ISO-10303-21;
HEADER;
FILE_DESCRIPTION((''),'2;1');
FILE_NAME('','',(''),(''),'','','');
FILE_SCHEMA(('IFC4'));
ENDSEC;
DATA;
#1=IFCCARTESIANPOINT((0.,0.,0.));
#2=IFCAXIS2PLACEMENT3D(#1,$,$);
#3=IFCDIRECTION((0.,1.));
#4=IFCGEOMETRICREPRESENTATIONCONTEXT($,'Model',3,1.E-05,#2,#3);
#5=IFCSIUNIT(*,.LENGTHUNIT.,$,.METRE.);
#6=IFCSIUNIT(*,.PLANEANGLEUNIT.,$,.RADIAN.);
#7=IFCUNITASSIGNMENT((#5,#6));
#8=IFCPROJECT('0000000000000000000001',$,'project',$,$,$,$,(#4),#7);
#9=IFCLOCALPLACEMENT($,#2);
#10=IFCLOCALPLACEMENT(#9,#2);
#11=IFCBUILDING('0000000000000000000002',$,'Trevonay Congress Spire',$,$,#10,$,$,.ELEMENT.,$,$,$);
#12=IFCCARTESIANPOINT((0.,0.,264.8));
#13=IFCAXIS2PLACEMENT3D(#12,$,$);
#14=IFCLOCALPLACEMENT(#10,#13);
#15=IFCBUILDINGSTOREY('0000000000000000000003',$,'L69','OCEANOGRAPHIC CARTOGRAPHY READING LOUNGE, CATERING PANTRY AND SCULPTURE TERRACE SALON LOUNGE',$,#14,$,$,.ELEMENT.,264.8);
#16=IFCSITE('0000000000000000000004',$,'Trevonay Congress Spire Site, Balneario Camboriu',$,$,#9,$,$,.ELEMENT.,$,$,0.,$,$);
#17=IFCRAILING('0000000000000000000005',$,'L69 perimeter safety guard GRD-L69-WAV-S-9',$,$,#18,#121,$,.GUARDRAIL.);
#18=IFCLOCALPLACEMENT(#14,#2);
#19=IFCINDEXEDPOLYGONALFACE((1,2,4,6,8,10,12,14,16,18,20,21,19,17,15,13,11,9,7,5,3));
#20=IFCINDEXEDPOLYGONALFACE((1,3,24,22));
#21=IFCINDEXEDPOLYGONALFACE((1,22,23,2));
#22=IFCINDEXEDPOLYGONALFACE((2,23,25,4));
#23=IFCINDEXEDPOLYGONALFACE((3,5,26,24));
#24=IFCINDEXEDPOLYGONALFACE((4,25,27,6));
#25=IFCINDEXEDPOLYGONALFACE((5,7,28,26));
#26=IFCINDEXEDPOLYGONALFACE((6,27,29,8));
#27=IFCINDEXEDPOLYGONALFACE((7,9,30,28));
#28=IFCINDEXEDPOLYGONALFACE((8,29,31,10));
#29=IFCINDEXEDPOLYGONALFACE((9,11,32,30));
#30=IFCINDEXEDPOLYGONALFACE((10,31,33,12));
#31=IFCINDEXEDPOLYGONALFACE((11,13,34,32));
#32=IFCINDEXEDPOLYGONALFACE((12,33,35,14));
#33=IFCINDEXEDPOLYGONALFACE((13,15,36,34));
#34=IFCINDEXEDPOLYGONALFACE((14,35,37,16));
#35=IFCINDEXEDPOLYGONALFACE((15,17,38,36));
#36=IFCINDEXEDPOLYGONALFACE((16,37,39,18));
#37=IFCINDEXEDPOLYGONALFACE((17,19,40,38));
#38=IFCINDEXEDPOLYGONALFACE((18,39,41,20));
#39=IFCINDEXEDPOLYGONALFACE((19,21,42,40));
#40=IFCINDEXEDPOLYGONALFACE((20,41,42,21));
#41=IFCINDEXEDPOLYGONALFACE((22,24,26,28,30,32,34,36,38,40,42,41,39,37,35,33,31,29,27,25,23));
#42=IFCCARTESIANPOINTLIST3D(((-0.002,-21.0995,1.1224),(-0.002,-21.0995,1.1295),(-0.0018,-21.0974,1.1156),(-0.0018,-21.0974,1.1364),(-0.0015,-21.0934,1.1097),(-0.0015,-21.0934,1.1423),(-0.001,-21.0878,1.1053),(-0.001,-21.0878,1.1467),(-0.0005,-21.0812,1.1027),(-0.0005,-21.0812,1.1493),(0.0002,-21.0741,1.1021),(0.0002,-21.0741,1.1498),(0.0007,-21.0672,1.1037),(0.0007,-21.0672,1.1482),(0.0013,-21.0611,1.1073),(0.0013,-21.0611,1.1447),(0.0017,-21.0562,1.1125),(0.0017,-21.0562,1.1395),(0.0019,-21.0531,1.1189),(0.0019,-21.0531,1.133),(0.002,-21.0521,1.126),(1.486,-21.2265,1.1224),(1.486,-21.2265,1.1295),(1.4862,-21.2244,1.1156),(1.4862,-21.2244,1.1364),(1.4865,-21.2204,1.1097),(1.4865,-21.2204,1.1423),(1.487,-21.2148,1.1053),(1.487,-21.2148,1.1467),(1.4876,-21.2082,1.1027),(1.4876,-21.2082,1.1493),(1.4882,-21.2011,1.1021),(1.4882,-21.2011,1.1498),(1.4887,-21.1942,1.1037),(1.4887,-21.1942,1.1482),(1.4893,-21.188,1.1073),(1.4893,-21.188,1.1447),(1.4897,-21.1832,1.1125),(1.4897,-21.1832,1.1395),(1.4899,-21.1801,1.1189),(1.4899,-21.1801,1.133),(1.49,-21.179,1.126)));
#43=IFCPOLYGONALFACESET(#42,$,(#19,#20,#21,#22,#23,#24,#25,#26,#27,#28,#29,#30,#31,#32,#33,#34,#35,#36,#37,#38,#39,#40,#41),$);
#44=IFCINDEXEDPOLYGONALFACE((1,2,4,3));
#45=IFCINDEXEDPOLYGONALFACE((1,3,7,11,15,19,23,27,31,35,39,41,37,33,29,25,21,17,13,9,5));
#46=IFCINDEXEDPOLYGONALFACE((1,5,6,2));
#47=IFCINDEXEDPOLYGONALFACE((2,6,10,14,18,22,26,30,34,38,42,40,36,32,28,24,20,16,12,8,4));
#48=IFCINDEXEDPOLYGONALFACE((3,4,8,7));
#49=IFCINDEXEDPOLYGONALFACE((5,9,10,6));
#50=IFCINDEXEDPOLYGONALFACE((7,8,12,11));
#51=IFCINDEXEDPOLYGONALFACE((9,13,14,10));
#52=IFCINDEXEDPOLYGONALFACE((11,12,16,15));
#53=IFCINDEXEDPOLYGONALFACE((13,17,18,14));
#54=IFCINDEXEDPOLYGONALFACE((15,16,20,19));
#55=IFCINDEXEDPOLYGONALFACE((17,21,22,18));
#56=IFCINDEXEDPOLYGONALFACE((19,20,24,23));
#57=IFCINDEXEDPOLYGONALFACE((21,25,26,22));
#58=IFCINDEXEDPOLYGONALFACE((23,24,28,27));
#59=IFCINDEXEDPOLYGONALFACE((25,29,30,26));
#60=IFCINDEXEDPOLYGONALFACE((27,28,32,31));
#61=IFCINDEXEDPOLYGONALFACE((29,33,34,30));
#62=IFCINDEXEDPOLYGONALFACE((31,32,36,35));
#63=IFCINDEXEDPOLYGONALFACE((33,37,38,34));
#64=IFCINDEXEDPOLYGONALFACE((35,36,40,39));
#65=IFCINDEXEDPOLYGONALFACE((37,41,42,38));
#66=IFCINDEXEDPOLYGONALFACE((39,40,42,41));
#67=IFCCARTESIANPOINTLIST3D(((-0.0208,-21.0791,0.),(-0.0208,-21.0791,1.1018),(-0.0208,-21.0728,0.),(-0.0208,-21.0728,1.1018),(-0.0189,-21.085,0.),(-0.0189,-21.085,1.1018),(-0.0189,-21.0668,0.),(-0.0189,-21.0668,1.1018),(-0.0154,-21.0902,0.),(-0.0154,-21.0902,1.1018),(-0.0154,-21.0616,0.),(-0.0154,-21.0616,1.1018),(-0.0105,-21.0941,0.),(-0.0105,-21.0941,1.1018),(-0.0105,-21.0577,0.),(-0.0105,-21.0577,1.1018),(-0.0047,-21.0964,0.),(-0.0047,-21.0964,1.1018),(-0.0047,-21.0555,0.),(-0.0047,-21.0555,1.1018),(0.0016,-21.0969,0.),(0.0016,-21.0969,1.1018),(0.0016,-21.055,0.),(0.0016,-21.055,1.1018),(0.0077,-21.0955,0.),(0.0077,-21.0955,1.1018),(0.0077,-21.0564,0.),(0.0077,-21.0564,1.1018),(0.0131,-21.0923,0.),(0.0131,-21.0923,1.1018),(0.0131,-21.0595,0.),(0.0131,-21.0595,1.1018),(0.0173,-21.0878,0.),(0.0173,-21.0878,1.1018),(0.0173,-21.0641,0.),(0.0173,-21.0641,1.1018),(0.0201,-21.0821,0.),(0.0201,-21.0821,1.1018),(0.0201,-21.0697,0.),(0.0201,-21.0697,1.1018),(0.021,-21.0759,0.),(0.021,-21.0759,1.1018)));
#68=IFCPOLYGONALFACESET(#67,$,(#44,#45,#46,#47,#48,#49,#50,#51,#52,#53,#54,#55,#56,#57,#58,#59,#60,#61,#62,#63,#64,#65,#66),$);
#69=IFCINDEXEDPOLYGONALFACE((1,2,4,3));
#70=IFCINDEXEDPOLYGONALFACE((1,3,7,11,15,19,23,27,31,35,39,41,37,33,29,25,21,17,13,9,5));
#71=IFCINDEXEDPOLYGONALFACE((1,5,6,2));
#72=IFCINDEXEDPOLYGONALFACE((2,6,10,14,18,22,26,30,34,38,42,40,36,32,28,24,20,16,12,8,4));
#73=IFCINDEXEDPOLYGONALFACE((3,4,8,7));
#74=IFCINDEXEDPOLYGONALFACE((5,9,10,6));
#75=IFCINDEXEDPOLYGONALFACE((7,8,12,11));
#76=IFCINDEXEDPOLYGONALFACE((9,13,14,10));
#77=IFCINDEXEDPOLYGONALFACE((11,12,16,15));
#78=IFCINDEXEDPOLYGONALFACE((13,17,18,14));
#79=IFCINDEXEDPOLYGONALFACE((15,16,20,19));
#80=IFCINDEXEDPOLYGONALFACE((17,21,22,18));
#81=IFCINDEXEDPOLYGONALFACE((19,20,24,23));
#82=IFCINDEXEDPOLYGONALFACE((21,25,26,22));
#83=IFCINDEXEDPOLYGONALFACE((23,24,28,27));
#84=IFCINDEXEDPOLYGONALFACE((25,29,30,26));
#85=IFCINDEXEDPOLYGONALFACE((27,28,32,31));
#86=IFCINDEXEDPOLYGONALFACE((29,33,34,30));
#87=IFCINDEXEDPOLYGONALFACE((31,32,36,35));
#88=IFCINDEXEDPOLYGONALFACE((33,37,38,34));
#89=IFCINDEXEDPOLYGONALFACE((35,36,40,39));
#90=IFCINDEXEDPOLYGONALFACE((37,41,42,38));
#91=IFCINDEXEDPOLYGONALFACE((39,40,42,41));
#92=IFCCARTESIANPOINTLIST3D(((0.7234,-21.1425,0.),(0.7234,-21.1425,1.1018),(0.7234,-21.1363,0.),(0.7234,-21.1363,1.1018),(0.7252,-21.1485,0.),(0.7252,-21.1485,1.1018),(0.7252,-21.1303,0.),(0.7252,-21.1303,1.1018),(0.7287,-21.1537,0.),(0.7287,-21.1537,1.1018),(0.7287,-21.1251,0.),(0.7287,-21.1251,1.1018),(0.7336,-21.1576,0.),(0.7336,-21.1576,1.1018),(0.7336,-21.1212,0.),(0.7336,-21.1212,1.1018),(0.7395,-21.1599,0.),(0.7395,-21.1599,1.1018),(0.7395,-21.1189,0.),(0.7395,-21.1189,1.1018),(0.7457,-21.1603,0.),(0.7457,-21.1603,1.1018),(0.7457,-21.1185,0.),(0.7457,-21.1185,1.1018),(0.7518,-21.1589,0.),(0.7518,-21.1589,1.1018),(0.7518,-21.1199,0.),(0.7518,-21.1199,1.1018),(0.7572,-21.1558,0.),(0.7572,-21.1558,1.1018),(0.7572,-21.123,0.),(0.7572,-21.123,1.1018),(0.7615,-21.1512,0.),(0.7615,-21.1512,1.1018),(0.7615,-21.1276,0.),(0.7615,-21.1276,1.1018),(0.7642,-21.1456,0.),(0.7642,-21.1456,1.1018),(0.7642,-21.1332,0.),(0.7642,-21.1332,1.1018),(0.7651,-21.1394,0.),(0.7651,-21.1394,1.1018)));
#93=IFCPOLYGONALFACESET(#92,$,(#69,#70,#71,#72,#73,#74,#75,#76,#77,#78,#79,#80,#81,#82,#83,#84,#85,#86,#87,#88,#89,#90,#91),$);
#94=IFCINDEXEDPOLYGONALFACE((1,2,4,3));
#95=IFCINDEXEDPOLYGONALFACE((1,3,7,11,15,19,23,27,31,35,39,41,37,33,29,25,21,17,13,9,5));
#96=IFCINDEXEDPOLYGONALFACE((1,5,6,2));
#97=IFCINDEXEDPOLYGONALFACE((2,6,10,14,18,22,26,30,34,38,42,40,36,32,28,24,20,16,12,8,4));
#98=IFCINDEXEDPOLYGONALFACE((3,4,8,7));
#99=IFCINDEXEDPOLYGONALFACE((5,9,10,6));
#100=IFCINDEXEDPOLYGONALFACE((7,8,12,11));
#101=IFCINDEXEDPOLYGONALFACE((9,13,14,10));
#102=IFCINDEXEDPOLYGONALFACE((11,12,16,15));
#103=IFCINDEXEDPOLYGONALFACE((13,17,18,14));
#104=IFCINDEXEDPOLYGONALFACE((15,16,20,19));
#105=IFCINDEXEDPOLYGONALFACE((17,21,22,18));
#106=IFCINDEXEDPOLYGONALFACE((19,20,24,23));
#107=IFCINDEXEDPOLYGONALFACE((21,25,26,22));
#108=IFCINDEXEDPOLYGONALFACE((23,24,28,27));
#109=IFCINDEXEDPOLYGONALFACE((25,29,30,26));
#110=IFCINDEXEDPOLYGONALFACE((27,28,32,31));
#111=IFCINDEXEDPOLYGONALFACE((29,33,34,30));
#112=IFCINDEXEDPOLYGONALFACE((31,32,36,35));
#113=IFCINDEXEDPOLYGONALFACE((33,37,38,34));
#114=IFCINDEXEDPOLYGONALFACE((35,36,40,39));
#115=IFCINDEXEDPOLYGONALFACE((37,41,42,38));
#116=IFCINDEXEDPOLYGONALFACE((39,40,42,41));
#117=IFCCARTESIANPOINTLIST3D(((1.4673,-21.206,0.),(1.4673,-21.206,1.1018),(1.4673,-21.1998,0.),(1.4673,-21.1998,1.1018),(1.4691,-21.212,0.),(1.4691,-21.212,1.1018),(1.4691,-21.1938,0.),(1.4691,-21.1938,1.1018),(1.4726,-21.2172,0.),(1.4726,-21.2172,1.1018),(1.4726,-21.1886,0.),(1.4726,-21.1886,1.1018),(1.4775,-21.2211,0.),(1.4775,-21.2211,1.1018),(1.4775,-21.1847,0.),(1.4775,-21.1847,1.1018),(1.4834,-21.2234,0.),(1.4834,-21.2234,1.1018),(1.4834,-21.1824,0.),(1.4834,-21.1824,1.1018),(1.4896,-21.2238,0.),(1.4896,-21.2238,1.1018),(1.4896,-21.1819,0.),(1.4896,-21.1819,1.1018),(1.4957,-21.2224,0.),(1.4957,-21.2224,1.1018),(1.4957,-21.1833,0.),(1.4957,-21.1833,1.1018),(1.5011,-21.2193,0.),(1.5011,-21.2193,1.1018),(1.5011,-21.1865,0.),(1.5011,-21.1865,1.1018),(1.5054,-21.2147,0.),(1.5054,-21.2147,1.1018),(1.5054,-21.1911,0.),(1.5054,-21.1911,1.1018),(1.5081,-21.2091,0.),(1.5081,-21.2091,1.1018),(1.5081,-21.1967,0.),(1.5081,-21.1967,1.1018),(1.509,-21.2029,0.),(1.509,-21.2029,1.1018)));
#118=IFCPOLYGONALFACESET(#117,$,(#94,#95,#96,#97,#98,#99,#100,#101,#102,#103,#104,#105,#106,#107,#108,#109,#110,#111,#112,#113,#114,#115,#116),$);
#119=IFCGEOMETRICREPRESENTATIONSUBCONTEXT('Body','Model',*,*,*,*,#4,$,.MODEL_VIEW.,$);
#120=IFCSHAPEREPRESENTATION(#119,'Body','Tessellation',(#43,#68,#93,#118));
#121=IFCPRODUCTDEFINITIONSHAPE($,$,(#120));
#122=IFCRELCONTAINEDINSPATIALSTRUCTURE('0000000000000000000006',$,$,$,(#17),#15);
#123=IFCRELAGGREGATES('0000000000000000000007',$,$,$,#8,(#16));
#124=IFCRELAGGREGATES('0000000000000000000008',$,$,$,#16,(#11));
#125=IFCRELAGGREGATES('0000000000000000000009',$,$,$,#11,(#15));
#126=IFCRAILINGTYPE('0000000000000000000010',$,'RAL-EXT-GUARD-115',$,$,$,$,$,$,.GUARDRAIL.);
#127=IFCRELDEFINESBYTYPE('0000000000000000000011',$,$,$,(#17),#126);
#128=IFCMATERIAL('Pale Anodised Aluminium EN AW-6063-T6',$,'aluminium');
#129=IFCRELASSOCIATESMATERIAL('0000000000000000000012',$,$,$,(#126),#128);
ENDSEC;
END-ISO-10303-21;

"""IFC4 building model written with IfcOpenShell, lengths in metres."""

from ifc_helpers import new_model, si_unit, direction, frame, origin, origin_2d, place, context, subcontext, project, spatial, circle, extrude, material, type_object, element, save


model = new_model("IFC4")

# Units and contexts
model_context = context("Model", 3, precision=1e-05, world=origin(), true_north=direction((0.0, 1.0)))
body_context = subcontext(model_context, "Body", "Model", "MODEL_VIEW")
ifc_project = project(units=[si_unit("LENGTHUNIT", "METRE"), si_unit("PLANEANGLEUNIT", "RADIAN")], contexts=[model_context])

# Site, building, storey
site_placement = place(None, origin())
site = spatial("IfcSite", under=ifc_project, at=site_placement, Name="Trevonay Congress Spire Site, Balneario Camboriu", CompositionType="ELEMENT", RefElevation=0.0)
building_placement = place(site_placement, origin())
building = spatial("IfcBuilding", under=site, at=building_placement, Name="Trevonay Congress Spire", CompositionType="ELEMENT")
storey_placement = place(building_placement, frame((0.0, 0.0, 264.8)))
storey = spatial("IfcBuildingStorey", under=building, at=storey_placement, Name="L69", Description="OCEANOGRAPHIC CARTOGRAPHY READING LOUNGE, CATERING PANTRY AND SCULPTURE TERRACE SALON LOUNGE", CompositionType="ELEMENT", Elevation=264.8)

# Shared definitions
ifc_material_1 = material(Name="Pale Anodised Aluminium EN AW-6063-T6", Category="aluminium")

# Railing
railing_type = type_object("IfcRailingType", Name="RAL-EXT-GUARD-115", PredefinedType="GUARDRAIL", material=ifc_material_1)
railing_1_placement = place(storey_placement, frame((0.0, -21.0759, 0.0)))
element("IfcRailing", 1, at=railing_1_placement, inside=storey, type_object=railing_type, Name="L69 perimeter safety guard GRD-L69-WAV-S-9", PredefinedType="GUARDRAIL", context=body_context, shape_type="SweptSolid", body=[
    extrude(circle(Radius=0.0239, at=origin_2d()), frame((0.0, 0.0, 1.126), z_axis=(0.99638, -0.085007, 0.0), x_axis=(0.085007, 0.99638, 0.0)), (0.0, 0.0, 1.0), 1.4934),
    extrude(circle(Radius=0.021, at=origin_2d()), origin(), (0.0, 0.0, 1.0), 1.1018),
    extrude(circle(Radius=0.021, at=origin_2d()), frame((0.7441, -0.0635, 0.0)), (0.0, 0.0, 1.0), 1.1018),
    extrude(circle(Radius=0.021, at=origin_2d()), frame((1.488, -0.127, 0.0)), (0.0, 0.0, 1.0), 1.1018),
])

save(model, "model.ifc")
